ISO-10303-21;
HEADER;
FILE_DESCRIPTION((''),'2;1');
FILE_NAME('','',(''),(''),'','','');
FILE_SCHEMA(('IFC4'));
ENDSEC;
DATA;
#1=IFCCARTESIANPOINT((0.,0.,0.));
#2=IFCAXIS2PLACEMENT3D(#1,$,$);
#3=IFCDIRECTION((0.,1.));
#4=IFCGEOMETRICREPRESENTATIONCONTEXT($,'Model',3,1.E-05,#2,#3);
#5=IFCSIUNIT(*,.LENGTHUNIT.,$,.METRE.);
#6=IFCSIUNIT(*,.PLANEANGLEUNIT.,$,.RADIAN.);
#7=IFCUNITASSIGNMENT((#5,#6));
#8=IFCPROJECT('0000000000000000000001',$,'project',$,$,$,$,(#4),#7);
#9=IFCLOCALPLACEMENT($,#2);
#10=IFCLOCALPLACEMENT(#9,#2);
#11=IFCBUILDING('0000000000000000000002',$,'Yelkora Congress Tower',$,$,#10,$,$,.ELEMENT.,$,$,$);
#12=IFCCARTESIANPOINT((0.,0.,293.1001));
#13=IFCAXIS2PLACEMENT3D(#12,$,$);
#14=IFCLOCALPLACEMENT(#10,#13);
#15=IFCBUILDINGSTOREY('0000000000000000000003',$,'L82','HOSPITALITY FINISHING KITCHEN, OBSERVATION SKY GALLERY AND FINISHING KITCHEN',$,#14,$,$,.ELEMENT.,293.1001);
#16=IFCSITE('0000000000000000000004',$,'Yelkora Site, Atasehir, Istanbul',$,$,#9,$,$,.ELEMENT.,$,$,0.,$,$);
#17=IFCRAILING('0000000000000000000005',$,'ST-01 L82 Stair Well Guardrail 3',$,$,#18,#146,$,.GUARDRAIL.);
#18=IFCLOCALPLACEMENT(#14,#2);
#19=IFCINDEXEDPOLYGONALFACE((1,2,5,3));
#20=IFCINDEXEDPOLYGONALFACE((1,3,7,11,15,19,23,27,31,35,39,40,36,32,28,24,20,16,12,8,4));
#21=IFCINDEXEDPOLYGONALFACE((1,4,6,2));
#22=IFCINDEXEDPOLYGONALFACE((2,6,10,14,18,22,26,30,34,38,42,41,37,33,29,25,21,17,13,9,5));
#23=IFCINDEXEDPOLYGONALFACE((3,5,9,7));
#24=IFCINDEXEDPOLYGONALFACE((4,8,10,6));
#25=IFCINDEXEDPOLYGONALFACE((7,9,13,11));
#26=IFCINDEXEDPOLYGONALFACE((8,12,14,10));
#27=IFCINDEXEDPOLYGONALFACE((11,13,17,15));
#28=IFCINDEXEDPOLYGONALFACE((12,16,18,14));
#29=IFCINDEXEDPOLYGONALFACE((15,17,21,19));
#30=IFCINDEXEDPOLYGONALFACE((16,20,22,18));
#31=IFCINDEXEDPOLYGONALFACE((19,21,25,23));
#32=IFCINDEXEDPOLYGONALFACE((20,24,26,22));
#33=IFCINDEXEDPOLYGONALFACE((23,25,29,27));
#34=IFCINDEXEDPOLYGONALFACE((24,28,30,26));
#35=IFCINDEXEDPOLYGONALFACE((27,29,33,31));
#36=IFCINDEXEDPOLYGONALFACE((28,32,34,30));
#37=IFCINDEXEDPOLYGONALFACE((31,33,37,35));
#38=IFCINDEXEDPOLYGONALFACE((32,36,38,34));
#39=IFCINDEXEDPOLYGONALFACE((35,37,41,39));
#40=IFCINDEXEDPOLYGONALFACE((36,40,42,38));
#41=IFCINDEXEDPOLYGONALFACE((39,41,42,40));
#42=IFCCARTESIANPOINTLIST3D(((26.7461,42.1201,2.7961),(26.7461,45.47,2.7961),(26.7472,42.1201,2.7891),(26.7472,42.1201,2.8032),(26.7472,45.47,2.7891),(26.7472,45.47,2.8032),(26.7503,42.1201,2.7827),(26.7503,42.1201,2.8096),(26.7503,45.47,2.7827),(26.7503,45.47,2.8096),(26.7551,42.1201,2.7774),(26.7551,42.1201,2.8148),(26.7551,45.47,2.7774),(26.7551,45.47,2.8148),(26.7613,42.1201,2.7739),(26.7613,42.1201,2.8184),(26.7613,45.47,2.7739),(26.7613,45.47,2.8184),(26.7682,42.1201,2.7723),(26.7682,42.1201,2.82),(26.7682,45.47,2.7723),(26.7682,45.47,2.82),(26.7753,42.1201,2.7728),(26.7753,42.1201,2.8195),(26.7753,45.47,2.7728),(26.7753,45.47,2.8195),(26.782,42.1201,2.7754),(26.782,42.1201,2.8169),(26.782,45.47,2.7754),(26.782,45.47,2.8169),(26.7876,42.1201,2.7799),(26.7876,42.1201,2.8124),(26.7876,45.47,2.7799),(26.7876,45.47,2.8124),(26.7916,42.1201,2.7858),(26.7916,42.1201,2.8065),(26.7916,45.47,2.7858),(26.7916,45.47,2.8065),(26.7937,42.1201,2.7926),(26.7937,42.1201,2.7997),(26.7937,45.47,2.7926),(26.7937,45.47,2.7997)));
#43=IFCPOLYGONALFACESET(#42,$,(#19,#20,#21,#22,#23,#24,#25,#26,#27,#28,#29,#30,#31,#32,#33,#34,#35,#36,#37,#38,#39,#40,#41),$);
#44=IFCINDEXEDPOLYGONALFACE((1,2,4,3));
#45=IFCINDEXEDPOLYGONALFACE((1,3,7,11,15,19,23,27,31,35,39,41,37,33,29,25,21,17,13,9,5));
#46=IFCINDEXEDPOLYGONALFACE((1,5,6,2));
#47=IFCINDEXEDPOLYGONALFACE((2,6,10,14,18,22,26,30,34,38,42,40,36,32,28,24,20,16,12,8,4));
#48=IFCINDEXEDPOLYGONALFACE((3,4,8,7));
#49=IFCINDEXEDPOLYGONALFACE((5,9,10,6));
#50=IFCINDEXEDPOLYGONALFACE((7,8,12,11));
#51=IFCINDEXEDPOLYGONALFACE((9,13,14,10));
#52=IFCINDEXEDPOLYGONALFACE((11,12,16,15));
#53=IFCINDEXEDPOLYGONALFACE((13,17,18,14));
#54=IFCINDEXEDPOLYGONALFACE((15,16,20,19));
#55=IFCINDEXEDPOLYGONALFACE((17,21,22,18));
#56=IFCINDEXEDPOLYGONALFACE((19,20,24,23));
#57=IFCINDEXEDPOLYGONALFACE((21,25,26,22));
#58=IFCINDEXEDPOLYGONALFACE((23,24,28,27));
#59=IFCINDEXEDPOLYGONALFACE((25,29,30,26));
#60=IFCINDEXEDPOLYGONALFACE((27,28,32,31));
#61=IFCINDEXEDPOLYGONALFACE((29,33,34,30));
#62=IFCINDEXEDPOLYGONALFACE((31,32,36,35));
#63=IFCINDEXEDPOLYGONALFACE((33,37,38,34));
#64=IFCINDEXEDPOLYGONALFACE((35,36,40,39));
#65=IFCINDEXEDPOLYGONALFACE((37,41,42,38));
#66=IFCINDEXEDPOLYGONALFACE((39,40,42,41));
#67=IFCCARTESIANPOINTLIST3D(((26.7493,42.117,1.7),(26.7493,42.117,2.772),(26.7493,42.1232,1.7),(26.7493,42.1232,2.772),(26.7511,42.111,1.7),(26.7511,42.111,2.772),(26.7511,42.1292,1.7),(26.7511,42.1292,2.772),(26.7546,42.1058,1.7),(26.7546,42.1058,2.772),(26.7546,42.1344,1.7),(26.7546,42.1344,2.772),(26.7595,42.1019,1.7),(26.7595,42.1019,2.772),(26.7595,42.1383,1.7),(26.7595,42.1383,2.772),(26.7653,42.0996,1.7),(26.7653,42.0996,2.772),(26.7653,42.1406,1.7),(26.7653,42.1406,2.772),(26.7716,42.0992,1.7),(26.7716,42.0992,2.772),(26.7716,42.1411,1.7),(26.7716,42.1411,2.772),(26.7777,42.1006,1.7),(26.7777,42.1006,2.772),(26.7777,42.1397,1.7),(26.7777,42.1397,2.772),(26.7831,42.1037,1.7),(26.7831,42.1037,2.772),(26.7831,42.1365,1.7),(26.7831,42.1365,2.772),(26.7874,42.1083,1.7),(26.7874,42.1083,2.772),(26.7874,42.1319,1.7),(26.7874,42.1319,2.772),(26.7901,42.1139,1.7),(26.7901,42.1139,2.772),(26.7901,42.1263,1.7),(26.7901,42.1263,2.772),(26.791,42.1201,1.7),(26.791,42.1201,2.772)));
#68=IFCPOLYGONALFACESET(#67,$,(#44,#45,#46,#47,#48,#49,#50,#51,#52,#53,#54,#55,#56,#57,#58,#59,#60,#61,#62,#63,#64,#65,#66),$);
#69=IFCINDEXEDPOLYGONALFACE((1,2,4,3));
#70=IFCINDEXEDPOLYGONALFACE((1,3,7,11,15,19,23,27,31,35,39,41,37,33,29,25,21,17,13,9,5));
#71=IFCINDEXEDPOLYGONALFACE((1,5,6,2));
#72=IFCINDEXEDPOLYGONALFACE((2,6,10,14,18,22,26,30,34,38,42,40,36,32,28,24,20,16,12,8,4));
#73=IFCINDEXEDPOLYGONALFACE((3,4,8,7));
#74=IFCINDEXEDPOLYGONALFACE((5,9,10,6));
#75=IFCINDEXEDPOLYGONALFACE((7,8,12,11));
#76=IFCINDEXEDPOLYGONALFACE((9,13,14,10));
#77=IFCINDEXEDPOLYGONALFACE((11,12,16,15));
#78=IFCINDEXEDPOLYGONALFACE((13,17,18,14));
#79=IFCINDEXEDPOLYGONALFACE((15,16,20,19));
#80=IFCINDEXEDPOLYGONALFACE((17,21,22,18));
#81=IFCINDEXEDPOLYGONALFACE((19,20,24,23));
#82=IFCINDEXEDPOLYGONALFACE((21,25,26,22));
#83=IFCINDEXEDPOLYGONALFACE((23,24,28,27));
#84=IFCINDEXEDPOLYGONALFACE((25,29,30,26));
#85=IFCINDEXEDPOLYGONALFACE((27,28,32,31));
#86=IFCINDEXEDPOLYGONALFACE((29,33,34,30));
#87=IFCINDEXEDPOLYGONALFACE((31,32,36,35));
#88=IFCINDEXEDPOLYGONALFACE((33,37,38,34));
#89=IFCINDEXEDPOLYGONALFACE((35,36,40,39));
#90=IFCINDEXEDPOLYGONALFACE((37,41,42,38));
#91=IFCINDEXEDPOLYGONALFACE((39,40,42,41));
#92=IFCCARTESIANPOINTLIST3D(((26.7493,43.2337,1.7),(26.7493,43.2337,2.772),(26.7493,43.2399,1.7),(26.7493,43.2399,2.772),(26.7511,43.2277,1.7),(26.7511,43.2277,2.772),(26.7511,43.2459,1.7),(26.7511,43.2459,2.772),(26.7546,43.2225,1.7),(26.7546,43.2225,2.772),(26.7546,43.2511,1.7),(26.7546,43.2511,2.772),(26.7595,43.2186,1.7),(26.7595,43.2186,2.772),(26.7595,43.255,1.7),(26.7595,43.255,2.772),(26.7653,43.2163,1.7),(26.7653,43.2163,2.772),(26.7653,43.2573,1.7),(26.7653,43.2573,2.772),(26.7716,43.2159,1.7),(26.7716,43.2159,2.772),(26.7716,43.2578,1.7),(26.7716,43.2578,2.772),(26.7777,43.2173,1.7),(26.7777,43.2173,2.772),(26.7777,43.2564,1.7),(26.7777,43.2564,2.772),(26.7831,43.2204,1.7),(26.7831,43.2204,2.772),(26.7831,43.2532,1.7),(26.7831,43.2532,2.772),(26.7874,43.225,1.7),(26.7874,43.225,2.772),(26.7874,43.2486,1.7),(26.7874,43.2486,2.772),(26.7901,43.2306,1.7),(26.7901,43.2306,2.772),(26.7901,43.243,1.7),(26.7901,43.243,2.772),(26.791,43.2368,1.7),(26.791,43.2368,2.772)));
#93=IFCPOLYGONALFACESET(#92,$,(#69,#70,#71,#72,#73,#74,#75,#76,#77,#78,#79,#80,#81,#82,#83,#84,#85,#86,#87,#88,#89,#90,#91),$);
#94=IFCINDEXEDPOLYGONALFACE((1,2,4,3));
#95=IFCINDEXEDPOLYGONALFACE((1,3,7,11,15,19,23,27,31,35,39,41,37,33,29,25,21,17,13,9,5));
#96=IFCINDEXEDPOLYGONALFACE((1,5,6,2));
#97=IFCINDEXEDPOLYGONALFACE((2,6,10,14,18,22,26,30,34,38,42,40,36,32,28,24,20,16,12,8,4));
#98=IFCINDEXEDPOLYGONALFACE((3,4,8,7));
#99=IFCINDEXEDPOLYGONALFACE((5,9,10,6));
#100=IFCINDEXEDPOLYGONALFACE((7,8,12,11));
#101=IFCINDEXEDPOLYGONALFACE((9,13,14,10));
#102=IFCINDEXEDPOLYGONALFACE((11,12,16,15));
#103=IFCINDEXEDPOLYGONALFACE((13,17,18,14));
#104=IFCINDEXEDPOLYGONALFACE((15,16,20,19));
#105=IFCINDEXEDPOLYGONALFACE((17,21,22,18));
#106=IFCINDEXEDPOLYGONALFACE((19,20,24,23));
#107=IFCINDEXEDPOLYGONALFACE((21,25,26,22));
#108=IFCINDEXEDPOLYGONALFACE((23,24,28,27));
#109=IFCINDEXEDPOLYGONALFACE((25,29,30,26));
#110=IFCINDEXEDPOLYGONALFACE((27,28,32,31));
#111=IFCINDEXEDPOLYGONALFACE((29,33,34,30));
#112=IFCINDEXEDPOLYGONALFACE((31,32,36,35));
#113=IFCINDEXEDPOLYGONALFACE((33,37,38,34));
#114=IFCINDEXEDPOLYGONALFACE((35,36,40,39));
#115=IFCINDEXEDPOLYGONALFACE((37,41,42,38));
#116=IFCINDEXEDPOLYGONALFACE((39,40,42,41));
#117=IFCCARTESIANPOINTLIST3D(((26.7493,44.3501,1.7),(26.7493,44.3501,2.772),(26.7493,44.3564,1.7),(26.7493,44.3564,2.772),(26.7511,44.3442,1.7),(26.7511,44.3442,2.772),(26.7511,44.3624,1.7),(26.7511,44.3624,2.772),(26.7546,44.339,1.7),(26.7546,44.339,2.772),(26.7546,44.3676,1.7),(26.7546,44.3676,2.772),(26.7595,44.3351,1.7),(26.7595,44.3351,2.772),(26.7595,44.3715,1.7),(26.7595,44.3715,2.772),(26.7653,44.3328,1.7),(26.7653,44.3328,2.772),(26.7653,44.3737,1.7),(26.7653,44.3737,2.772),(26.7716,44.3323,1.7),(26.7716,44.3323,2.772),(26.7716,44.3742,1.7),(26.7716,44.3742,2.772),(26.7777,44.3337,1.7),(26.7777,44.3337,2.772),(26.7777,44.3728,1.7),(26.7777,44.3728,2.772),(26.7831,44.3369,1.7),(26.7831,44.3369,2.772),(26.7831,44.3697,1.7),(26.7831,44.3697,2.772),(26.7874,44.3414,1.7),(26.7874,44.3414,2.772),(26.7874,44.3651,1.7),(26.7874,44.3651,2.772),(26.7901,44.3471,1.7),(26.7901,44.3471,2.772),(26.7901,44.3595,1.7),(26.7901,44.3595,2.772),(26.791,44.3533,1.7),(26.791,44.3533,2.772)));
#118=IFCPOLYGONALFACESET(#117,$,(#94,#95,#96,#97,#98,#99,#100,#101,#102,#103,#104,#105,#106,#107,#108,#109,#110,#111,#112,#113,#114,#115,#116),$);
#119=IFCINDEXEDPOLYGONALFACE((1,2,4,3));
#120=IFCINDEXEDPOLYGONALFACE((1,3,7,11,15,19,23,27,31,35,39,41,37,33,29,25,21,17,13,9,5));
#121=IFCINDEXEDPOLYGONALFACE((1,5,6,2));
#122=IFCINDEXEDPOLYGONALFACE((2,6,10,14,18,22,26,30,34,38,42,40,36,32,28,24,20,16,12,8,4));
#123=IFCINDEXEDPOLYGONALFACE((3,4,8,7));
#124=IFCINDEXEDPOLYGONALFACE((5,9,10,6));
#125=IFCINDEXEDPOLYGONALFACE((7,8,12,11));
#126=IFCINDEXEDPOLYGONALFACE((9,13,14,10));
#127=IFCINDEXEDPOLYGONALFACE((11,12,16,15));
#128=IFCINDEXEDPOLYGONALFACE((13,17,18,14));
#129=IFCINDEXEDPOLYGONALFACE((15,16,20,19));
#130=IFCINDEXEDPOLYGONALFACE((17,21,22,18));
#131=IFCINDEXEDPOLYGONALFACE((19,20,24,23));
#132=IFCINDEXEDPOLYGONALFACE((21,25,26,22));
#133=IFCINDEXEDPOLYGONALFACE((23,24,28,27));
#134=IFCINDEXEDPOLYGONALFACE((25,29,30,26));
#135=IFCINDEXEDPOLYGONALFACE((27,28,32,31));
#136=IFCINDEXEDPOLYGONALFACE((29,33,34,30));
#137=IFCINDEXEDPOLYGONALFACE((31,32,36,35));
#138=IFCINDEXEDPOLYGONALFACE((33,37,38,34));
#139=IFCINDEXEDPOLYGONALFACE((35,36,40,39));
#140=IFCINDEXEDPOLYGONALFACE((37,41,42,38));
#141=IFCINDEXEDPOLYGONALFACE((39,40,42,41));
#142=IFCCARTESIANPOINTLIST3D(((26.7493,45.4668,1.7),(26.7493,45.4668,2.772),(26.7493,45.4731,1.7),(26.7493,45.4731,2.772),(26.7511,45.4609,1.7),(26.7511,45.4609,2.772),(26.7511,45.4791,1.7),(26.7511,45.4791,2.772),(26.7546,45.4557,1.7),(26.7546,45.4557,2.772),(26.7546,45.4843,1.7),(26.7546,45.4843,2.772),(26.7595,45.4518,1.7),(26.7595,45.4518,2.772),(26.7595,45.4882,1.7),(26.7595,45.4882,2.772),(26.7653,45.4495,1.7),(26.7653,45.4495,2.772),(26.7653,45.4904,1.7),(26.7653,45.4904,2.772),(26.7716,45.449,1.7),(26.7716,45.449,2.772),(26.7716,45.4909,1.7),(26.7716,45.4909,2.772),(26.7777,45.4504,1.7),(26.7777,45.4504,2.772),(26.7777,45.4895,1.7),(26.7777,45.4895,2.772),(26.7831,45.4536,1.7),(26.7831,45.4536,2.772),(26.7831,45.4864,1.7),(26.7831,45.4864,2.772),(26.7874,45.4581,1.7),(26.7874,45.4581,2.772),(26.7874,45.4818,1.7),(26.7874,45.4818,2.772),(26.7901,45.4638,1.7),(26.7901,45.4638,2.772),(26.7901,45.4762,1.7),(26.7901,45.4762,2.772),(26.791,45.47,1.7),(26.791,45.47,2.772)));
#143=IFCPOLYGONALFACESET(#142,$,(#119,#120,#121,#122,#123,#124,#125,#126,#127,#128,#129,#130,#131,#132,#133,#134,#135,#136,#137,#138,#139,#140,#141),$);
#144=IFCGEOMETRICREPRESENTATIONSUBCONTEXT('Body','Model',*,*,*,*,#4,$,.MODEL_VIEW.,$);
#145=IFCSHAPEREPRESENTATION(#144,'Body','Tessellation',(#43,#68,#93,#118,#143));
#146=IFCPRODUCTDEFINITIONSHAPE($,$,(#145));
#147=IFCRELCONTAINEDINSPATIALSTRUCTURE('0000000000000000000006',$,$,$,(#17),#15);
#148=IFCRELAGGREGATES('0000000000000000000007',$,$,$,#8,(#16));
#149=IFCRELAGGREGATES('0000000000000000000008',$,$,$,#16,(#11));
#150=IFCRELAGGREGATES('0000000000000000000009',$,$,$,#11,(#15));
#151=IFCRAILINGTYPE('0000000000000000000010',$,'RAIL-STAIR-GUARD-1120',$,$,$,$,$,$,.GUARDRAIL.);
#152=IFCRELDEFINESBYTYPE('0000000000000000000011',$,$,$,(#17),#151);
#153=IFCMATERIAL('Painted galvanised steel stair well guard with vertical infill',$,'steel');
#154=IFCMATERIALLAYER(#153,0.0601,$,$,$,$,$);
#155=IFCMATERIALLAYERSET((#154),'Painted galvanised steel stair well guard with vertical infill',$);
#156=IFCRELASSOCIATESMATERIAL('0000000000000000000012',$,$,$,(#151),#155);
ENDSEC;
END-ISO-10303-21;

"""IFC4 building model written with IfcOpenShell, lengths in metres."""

from ifc_helpers import new_model, si_unit, direction, frame, origin, origin_2d, place, context, subcontext, project, spatial, circle, extrude, material, layer, layer_set, type_object, element, save


model = new_model("IFC4")

# Units and contexts
model_context = context("Model", 3, precision=1e-05, world=origin(), true_north=direction((0.0, 1.0)))
body_context = subcontext(model_context, "Body", "Model", "MODEL_VIEW")
ifc_project = project(units=[si_unit("LENGTHUNIT", "METRE"), si_unit("PLANEANGLEUNIT", "RADIAN")], contexts=[model_context])

# Site, building, storey
site_placement = place(None, origin())
site = spatial("IfcSite", under=ifc_project, at=site_placement, Name="Yelkora Site, Atasehir, Istanbul", CompositionType="ELEMENT", RefElevation=0.0)
building_placement = place(site_placement, origin())
building = spatial("IfcBuilding", under=site, at=building_placement, Name="Yelkora Congress Tower", CompositionType="ELEMENT")
storey_placement = place(building_placement, frame((0.0, 0.0, 293.1001)))
storey = spatial("IfcBuildingStorey", under=building, at=storey_placement, Name="L82", Description="HOSPITALITY FINISHING KITCHEN, OBSERVATION SKY GALLERY AND FINISHING KITCHEN", CompositionType="ELEMENT", Elevation=293.1001)

# Railing
ifc_material_1 = material(Name="Painted galvanised steel stair well guard with vertical infill", Category="steel")
ifc_layer_1 = layer(ifc_material_1, 0.0601)
ifc_layer_set_1 = layer_set([ifc_layer_1], Name="Painted galvanised steel stair well guard with vertical infill")
railing_type_1 = type_object("IfcRailingType", Name="RAIL-STAIR-GUARD-1120", PredefinedType="GUARDRAIL", material=ifc_layer_set_1)
for number, where, name in (
    (1, (26.77, 42.1201, 1.7), "ST-01 L82 Stair Well Guardrail 3"),
):
    element("IfcRailing", number, at=place(storey_placement, frame(where)), inside=storey, type_object=railing_type_1, Name=name, PredefinedType="GUARDRAIL", context=body_context, shape_type="SweptSolid", body=[
        extrude(circle(Radius=0.0239, at=origin_2d()), frame((0.0, 0.0, 1.0962), z_axis=(0.0, 1.0, 0.0), x_axis=(-1.0, 0.0, 0.0)), (0.0, 0.0, 1.0), 3.3499),
        extrude(circle(Radius=0.021, at=origin_2d()), origin(), (0.0, 0.0, 1.0), 1.072),
        extrude(circle(Radius=0.021, at=origin_2d()), frame((0.0, 1.1167, 0.0)), (0.0, 0.0, 1.0), 1.072),
        extrude(circle(Radius=0.021, at=origin_2d()), frame((0.0, 2.2332, 0.0)), (0.0, 0.0, 1.0), 1.072),
        extrude(circle(Radius=0.021, at=origin_2d()), frame((0.0, 3.3499, 0.0)), (0.0, 0.0, 1.0), 1.072),
    ])

save(model, "model.ifc")
